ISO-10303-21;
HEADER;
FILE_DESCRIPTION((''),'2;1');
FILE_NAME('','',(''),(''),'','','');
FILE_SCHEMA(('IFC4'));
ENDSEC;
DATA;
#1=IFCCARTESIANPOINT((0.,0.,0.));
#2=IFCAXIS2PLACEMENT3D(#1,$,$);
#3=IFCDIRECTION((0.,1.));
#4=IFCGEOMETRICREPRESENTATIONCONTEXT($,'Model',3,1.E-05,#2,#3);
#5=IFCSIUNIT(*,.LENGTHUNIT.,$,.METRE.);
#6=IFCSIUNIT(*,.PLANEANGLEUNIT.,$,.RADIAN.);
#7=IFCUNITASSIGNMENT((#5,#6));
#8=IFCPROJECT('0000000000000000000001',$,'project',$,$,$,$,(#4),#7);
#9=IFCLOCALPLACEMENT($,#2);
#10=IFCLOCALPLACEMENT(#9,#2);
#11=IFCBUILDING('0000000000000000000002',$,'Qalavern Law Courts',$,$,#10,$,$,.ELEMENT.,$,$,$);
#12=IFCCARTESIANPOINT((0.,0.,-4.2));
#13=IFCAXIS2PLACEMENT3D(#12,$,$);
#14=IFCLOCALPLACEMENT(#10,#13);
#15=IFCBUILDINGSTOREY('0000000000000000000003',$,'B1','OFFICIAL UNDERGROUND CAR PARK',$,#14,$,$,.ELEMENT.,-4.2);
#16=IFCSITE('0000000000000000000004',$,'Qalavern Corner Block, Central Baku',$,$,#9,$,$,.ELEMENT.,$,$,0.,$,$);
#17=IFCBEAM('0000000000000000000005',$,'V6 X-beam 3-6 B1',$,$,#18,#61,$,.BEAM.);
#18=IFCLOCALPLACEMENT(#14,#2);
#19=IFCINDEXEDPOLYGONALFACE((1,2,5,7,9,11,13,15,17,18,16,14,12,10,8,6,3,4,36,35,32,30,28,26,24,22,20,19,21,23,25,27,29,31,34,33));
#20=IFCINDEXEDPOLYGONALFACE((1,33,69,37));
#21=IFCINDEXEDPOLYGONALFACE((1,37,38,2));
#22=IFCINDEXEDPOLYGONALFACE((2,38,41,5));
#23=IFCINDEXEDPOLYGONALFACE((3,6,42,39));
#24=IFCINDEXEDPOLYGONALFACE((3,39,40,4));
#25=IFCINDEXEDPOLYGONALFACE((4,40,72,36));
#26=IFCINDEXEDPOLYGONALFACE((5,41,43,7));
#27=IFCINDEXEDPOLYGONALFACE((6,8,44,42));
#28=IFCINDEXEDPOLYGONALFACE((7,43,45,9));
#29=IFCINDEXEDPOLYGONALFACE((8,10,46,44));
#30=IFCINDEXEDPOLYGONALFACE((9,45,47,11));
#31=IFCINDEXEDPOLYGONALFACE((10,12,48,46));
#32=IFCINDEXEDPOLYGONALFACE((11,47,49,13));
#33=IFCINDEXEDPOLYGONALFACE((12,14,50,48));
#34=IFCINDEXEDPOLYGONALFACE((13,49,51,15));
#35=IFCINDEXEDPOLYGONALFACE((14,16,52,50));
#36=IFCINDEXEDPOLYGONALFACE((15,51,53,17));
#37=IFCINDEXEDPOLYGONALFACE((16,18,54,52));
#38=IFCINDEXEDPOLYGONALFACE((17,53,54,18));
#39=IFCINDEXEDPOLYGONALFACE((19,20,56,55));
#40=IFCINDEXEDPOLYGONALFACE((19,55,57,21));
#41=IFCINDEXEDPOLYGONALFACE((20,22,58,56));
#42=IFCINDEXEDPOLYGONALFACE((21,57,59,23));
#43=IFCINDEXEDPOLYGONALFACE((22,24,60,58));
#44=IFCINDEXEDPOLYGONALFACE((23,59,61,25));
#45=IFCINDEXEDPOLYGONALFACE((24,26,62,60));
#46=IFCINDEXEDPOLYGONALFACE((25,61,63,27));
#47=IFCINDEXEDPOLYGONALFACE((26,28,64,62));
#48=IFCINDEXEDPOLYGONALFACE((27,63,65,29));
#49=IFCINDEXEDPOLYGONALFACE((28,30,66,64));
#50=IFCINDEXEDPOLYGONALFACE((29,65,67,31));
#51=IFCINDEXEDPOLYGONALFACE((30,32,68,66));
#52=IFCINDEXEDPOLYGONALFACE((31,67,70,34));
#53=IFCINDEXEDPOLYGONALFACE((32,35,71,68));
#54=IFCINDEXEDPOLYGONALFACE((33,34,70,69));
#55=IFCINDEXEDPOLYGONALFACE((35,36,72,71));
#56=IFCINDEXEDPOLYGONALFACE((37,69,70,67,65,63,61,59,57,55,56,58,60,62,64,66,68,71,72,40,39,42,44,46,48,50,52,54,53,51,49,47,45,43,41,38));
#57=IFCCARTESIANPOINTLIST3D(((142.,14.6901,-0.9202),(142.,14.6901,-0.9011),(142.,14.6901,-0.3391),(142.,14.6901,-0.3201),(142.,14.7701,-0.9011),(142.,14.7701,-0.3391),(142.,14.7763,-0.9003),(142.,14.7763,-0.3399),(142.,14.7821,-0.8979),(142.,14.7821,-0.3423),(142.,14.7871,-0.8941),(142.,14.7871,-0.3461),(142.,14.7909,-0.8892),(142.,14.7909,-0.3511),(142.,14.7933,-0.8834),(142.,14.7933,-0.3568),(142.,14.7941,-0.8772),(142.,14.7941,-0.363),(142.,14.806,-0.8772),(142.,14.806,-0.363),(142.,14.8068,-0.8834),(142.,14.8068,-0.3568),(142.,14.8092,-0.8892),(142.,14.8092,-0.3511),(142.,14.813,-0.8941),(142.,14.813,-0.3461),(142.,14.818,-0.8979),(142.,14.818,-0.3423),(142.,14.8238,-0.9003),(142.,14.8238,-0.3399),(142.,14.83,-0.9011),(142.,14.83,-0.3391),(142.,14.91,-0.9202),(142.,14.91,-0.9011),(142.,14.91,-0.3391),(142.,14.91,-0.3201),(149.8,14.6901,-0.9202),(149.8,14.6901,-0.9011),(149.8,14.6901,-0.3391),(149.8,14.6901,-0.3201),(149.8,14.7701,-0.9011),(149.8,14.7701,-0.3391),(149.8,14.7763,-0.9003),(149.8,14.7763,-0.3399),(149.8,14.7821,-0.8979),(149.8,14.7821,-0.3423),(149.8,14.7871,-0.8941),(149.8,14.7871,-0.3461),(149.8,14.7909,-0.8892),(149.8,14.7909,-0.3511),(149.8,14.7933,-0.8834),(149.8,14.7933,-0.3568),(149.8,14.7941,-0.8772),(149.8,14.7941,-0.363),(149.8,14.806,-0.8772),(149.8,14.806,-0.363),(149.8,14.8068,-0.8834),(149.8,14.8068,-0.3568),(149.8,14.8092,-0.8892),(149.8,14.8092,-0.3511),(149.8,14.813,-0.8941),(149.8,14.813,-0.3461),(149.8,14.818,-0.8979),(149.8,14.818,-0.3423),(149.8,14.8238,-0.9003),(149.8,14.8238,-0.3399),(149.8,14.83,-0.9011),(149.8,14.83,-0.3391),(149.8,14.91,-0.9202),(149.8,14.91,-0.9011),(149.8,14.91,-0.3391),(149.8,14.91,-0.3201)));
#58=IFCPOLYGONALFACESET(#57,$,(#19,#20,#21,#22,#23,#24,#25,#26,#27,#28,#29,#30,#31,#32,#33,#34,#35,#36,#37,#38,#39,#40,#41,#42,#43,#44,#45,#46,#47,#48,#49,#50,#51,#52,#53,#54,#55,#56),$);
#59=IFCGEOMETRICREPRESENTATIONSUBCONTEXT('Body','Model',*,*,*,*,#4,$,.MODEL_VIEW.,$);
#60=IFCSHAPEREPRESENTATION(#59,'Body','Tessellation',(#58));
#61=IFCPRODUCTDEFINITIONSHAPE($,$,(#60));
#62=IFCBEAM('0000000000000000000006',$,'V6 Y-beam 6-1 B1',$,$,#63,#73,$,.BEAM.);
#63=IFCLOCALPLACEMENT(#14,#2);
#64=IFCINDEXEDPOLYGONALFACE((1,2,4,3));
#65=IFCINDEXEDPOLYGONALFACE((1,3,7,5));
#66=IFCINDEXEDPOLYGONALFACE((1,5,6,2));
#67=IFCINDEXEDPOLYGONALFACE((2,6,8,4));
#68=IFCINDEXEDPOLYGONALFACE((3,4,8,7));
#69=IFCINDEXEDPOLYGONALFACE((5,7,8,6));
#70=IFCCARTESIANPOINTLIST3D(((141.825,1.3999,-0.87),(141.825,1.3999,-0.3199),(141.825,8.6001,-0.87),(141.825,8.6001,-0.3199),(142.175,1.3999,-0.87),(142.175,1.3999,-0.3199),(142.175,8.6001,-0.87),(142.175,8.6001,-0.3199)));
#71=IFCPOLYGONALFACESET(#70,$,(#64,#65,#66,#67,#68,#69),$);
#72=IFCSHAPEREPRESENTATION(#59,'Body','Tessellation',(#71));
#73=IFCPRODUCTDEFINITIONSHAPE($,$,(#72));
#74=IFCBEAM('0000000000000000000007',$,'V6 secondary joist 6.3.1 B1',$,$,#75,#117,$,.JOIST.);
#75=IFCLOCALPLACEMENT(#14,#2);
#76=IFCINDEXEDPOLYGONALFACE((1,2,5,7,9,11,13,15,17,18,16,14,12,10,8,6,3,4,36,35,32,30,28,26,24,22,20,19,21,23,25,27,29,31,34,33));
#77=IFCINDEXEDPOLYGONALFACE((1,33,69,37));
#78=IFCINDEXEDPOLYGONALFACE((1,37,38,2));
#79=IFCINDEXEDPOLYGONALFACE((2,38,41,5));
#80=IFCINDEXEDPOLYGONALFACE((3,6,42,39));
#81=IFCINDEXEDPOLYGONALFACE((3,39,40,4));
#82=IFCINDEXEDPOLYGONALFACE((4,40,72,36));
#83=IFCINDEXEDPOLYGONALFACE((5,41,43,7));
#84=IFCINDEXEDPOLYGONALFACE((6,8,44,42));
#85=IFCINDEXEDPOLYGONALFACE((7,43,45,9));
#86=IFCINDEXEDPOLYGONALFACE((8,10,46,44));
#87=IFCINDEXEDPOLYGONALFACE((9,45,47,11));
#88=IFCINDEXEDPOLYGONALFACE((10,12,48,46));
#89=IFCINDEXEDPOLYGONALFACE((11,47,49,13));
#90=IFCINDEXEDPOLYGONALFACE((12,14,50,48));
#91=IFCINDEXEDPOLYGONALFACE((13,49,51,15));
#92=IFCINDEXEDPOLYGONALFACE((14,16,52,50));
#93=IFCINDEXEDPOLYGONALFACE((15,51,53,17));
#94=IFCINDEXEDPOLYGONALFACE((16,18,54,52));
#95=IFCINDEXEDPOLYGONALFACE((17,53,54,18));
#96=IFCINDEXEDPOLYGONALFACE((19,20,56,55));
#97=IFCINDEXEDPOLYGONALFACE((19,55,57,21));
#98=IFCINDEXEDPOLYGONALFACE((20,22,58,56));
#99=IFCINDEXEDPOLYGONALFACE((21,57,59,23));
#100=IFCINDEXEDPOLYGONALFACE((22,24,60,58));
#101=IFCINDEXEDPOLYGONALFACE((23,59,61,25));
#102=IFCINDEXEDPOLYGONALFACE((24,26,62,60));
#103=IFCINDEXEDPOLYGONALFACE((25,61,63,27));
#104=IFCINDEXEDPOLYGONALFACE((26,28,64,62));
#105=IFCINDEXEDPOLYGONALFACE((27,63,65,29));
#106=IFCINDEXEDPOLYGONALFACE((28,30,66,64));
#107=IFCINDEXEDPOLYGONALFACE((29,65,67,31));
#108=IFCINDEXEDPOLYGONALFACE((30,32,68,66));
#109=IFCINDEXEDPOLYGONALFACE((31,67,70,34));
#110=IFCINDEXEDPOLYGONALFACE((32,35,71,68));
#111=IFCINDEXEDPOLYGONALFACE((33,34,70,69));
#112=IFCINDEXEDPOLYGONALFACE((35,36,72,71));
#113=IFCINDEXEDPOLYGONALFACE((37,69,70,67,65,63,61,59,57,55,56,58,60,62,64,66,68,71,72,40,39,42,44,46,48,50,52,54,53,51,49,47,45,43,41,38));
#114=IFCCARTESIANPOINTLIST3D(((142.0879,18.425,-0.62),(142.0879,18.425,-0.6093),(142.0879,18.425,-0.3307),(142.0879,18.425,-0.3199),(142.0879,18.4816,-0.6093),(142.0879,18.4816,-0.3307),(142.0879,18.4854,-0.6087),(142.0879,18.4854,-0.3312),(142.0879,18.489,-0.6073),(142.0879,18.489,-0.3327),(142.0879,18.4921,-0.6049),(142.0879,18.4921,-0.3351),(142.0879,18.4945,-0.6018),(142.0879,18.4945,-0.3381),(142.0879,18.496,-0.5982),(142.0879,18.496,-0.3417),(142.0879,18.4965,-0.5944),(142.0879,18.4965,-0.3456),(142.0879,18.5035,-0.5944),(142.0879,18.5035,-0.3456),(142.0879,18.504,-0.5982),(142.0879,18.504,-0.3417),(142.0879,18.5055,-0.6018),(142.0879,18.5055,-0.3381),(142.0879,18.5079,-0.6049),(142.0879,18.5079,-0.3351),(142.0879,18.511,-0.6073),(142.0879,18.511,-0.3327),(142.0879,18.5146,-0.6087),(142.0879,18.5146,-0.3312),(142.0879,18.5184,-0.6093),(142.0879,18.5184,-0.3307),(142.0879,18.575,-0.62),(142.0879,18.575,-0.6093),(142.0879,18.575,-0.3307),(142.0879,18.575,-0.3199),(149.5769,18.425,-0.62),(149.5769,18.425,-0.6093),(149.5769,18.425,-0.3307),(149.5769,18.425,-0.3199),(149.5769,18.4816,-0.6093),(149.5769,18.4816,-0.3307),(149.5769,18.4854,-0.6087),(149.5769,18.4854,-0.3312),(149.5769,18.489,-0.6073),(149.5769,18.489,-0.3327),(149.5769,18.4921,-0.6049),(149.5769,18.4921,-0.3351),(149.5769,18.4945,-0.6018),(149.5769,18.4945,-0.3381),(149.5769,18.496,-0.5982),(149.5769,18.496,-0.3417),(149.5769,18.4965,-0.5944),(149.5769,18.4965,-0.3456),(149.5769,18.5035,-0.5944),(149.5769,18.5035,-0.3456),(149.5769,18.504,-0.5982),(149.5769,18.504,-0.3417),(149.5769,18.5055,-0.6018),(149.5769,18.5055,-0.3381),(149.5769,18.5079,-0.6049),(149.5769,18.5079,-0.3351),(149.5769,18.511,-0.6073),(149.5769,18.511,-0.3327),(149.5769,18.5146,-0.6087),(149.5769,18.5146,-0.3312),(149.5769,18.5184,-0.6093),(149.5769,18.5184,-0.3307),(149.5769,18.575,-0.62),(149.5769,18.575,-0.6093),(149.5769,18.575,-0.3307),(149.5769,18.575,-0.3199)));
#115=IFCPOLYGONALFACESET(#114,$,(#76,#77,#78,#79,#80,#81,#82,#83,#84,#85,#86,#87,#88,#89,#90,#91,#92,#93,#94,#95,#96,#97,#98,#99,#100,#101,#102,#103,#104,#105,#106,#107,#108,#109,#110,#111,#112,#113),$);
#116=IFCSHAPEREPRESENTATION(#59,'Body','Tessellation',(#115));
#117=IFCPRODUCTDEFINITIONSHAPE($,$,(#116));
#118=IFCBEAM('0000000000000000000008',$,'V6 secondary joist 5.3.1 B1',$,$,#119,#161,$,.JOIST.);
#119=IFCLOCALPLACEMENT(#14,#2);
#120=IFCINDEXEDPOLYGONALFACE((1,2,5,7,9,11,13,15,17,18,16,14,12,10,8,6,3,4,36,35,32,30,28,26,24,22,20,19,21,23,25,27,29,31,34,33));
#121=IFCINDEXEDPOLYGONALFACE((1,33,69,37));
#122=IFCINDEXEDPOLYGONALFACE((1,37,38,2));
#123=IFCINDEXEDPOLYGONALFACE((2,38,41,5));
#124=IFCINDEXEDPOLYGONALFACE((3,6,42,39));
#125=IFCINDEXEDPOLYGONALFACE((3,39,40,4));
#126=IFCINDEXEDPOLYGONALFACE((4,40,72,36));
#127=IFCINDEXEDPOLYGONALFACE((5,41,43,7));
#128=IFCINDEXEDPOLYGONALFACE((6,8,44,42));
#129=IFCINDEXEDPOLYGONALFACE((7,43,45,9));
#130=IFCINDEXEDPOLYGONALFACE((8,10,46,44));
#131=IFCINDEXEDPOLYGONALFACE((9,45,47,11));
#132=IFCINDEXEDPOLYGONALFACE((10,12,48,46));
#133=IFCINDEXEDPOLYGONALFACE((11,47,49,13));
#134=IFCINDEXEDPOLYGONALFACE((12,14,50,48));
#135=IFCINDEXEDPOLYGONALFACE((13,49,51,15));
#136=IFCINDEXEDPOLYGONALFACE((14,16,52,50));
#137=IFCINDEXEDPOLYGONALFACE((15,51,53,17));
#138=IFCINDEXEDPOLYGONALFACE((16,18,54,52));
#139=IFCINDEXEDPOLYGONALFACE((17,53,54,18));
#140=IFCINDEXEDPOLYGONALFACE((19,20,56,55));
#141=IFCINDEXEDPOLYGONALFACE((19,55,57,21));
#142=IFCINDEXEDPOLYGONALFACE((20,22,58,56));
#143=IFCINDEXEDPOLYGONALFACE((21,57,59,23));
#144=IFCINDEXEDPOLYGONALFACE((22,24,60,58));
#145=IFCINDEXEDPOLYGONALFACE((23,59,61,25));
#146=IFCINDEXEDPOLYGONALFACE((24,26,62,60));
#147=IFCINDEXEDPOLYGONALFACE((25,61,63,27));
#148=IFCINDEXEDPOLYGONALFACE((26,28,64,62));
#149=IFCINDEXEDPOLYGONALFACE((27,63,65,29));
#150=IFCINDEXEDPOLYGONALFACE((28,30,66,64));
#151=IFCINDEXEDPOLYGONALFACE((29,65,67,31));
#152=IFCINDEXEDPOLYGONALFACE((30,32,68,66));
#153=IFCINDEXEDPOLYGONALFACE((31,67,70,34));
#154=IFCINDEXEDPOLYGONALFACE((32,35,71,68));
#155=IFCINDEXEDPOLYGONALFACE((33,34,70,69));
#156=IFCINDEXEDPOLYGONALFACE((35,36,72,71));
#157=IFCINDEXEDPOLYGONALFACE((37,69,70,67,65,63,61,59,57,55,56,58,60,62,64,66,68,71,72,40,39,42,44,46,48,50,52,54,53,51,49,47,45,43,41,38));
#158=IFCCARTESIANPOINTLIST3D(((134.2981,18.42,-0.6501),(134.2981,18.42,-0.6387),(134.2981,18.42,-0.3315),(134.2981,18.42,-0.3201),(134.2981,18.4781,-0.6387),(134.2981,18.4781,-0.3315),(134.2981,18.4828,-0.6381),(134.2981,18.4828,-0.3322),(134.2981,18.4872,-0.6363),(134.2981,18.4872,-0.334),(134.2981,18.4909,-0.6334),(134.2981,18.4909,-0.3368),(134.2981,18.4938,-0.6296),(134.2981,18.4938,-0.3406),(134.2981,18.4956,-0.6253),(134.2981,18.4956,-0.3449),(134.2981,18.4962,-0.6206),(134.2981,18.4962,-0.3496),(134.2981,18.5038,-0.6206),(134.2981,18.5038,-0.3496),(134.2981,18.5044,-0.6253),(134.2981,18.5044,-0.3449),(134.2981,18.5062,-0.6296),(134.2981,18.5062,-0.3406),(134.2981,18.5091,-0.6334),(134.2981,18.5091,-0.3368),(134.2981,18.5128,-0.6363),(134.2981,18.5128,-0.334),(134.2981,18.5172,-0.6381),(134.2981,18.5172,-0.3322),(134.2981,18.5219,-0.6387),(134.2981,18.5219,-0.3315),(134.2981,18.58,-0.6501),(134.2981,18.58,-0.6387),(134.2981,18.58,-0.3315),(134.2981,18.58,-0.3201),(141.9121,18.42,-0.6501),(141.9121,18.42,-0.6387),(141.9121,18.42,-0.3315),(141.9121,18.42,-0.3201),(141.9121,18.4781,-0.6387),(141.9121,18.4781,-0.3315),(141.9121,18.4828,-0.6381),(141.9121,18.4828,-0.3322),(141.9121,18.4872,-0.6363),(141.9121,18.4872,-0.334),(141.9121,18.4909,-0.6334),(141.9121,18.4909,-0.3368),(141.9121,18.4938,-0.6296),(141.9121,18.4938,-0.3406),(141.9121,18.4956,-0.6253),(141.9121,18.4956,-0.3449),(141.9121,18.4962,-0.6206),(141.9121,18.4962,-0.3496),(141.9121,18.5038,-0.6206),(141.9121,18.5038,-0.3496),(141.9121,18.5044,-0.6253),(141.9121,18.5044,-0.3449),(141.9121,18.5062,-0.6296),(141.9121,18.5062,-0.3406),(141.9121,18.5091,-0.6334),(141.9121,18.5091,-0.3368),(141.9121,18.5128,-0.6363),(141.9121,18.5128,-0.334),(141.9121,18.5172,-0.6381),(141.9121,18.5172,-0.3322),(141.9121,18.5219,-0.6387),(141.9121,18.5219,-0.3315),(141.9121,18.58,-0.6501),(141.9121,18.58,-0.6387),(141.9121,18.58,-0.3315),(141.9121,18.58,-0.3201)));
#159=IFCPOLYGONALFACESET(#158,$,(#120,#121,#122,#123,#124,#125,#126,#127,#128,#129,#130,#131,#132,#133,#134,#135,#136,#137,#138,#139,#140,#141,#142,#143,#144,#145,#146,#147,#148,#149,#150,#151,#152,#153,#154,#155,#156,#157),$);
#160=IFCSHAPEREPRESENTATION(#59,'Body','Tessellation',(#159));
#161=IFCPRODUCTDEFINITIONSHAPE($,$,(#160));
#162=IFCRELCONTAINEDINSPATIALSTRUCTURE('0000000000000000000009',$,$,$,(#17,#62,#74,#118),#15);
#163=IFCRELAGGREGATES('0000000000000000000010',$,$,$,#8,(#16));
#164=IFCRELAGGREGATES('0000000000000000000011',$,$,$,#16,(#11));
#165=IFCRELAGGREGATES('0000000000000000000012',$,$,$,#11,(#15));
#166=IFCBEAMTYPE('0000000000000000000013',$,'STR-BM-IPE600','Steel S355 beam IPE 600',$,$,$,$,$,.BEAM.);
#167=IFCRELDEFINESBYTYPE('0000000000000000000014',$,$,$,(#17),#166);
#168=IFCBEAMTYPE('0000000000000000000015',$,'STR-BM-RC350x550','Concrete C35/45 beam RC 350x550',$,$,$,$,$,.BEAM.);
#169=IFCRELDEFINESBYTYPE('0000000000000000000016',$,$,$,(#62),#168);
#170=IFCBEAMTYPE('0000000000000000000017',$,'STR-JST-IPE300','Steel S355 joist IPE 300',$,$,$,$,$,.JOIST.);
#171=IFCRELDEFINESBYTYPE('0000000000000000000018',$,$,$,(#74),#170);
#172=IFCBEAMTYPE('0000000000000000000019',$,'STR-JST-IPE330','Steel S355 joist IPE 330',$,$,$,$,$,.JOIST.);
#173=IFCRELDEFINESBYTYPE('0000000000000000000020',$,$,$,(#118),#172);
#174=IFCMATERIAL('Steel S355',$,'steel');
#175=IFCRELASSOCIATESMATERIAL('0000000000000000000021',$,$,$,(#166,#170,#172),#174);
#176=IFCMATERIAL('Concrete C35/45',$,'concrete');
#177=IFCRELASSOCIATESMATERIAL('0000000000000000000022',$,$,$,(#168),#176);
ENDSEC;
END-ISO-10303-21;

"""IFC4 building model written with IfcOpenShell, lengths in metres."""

from ifc_helpers import new_model, si_unit, direction, frame, origin, origin_2d, place, context, subcontext, project, spatial, rectangle, i_section, extrude, material, material_profile, profile_set, type_object, element, save


model = new_model("IFC4")

# Units and contexts
model_context = context("Model", 3, precision=1e-05, world=origin(), true_north=direction((0.0, 1.0)))
body_context = subcontext(model_context, "Body", "Model", "MODEL_VIEW")
ifc_project = project(units=[si_unit("LENGTHUNIT", "METRE"), si_unit("PLANEANGLEUNIT", "RADIAN")], contexts=[model_context])

# Site, building, storey
site_placement = place(None, origin())
site = spatial("IfcSite", under=ifc_project, at=site_placement, Name="Qalavern Corner Block, Central Baku", CompositionType="ELEMENT", RefElevation=0.0)
building_placement = place(site_placement, origin())
building = spatial("IfcBuilding", under=site, at=building_placement, Name="Qalavern Law Courts", CompositionType="ELEMENT")
storey_placement = place(building_placement, frame((0.0, 0.0, -4.2)))
storey = spatial("IfcBuildingStorey", under=building, at=storey_placement, Name="B1", Description="OFFICIAL UNDERGROUND CAR PARK", CompositionType="ELEMENT", Elevation=-4.2)

# Beams
ifc_material_1 = material(Name="Steel S355", Category="steel")
ifc_material_profile_1 = material_profile(ifc_material_1, i_section(OverallWidth=0.22, OverallDepth=0.6001, WebThickness=0.012, FlangeThickness=0.019, FilletRadius=0.0239, at=origin_2d()), Name="IPE 600")
ifc_profile_set_1 = profile_set([ifc_material_profile_1], Name="Steel S355")
beam_type_1 = type_object("IfcBeamType", Name="STR-BM-IPE600", Description="Steel S355 beam IPE 600", PredefinedType="BEAM", material=ifc_profile_set_1)
beam_1_placement = place(storey_placement, frame((142.0, 14.8, -0.6201), z_axis=(1.0, 0.0, 0.0), x_axis=(0.0, 1.0, 0.0)))
element("IfcBeam", 1, at=beam_1_placement, inside=storey, type_object=beam_type_1, Name="V6 X-beam 3-6 B1", PredefinedType="BEAM", context=body_context, shape_type="SweptSolid", body=[
    extrude(i_section(OverallWidth=0.22, OverallDepth=0.6001, WebThickness=0.012, FlangeThickness=0.019, FilletRadius=0.0239, at=origin_2d()), origin(), (0.0, 0.0, 1.0), 7.8),
])
ifc_material_2 = material(Name="Concrete C35/45", Category="concrete")
ifc_material_profile_2 = material_profile(ifc_material_2, rectangle(XDim=0.3501, YDim=0.55, at=origin_2d()), Name="RC 350x550")
ifc_profile_set_2 = profile_set([ifc_material_profile_2], Name="Concrete C35/45")
beam_type_2 = type_object("IfcBeamType", Name="STR-BM-RC350x550", Description="Concrete C35/45 beam RC 350x550", PredefinedType="BEAM", material=ifc_profile_set_2)
beam_2_placement = place(storey_placement, frame((142.0, 1.3999, -0.595), z_axis=(0.0, 1.0, 0.0), x_axis=(-1.0, 0.0, 0.0)))
element("IfcBeam", 2, at=beam_2_placement, inside=storey, type_object=beam_type_2, Name="V6 Y-beam 6-1 B1", PredefinedType="BEAM", context=body_context, shape_type="SweptSolid", body=[
    extrude(rectangle(XDim=0.3501, YDim=0.55, at=origin_2d()), origin(), (0.0, 0.0, 1.0), 7.2002),
])
ifc_material_profile_3 = material_profile(ifc_material_1, i_section(OverallWidth=0.1499, OverallDepth=0.3, WebThickness=0.0071, FlangeThickness=0.0107, FilletRadius=0.0149, at=origin_2d()), Name="IPE 300")
ifc_profile_set_3 = profile_set([ifc_material_profile_3], Name="Steel S355")
beam_type_3 = type_object("IfcBeamType", Name="STR-JST-IPE300", Description="Steel S355 joist IPE 300", PredefinedType="JOIST", material=ifc_profile_set_3)
beam_3_placement = place(storey_placement, frame((142.0879, 18.5, -0.47), z_axis=(1.0, 0.0, 0.0), x_axis=(0.0, 1.0, 0.0)))
element("IfcBeam", 3, at=beam_3_placement, inside=storey, type_object=beam_type_3, Name="V6 secondary joist 6.3.1 B1", PredefinedType="JOIST", context=body_context, shape_type="SweptSolid", body=[
    extrude(i_section(OverallWidth=0.1499, OverallDepth=0.3, WebThickness=0.0071, FlangeThickness=0.0107, FilletRadius=0.0149, at=origin_2d()), origin(), (0.0, 0.0, 1.0), 7.489),
])
ifc_material_profile_4 = material_profile(ifc_material_1, i_section(OverallWidth=0.1599, OverallDepth=0.3301, WebThickness=0.0076, FlangeThickness=0.0115, FilletRadius=0.0181, at=origin_2d()), Name="IPE 330")
ifc_profile_set_4 = profile_set([ifc_material_profile_4], Name="Steel S355")
beam_type_4 = type_object("IfcBeamType", Name="STR-JST-IPE330", Description="Steel S355 joist IPE 330", PredefinedType="JOIST", material=ifc_profile_set_4)
for number, where, z_axis, x_axis, name in (
    (4, (134.2981, 18.5, -0.4851), (1.0, 0.0, 0.0), (0.0, 1.0, 0.0), "V6 secondary joist 5.3.1 B1"),
):
    element("IfcBeam", number, at=place(storey_placement, frame(where, z_axis=z_axis, x_axis=x_axis)), inside=storey, type_object=beam_type_4, Name=name, PredefinedType="JOIST", context=body_context, shape_type="SweptSolid", body=[
        extrude(i_section(OverallWidth=0.1599, OverallDepth=0.3301, WebThickness=0.0076, FlangeThickness=0.0115, FilletRadius=0.0181, at=origin_2d()), origin(), (0.0, 0.0, 1.0), 7.614),
    ])

save(model, "model.ifc")
